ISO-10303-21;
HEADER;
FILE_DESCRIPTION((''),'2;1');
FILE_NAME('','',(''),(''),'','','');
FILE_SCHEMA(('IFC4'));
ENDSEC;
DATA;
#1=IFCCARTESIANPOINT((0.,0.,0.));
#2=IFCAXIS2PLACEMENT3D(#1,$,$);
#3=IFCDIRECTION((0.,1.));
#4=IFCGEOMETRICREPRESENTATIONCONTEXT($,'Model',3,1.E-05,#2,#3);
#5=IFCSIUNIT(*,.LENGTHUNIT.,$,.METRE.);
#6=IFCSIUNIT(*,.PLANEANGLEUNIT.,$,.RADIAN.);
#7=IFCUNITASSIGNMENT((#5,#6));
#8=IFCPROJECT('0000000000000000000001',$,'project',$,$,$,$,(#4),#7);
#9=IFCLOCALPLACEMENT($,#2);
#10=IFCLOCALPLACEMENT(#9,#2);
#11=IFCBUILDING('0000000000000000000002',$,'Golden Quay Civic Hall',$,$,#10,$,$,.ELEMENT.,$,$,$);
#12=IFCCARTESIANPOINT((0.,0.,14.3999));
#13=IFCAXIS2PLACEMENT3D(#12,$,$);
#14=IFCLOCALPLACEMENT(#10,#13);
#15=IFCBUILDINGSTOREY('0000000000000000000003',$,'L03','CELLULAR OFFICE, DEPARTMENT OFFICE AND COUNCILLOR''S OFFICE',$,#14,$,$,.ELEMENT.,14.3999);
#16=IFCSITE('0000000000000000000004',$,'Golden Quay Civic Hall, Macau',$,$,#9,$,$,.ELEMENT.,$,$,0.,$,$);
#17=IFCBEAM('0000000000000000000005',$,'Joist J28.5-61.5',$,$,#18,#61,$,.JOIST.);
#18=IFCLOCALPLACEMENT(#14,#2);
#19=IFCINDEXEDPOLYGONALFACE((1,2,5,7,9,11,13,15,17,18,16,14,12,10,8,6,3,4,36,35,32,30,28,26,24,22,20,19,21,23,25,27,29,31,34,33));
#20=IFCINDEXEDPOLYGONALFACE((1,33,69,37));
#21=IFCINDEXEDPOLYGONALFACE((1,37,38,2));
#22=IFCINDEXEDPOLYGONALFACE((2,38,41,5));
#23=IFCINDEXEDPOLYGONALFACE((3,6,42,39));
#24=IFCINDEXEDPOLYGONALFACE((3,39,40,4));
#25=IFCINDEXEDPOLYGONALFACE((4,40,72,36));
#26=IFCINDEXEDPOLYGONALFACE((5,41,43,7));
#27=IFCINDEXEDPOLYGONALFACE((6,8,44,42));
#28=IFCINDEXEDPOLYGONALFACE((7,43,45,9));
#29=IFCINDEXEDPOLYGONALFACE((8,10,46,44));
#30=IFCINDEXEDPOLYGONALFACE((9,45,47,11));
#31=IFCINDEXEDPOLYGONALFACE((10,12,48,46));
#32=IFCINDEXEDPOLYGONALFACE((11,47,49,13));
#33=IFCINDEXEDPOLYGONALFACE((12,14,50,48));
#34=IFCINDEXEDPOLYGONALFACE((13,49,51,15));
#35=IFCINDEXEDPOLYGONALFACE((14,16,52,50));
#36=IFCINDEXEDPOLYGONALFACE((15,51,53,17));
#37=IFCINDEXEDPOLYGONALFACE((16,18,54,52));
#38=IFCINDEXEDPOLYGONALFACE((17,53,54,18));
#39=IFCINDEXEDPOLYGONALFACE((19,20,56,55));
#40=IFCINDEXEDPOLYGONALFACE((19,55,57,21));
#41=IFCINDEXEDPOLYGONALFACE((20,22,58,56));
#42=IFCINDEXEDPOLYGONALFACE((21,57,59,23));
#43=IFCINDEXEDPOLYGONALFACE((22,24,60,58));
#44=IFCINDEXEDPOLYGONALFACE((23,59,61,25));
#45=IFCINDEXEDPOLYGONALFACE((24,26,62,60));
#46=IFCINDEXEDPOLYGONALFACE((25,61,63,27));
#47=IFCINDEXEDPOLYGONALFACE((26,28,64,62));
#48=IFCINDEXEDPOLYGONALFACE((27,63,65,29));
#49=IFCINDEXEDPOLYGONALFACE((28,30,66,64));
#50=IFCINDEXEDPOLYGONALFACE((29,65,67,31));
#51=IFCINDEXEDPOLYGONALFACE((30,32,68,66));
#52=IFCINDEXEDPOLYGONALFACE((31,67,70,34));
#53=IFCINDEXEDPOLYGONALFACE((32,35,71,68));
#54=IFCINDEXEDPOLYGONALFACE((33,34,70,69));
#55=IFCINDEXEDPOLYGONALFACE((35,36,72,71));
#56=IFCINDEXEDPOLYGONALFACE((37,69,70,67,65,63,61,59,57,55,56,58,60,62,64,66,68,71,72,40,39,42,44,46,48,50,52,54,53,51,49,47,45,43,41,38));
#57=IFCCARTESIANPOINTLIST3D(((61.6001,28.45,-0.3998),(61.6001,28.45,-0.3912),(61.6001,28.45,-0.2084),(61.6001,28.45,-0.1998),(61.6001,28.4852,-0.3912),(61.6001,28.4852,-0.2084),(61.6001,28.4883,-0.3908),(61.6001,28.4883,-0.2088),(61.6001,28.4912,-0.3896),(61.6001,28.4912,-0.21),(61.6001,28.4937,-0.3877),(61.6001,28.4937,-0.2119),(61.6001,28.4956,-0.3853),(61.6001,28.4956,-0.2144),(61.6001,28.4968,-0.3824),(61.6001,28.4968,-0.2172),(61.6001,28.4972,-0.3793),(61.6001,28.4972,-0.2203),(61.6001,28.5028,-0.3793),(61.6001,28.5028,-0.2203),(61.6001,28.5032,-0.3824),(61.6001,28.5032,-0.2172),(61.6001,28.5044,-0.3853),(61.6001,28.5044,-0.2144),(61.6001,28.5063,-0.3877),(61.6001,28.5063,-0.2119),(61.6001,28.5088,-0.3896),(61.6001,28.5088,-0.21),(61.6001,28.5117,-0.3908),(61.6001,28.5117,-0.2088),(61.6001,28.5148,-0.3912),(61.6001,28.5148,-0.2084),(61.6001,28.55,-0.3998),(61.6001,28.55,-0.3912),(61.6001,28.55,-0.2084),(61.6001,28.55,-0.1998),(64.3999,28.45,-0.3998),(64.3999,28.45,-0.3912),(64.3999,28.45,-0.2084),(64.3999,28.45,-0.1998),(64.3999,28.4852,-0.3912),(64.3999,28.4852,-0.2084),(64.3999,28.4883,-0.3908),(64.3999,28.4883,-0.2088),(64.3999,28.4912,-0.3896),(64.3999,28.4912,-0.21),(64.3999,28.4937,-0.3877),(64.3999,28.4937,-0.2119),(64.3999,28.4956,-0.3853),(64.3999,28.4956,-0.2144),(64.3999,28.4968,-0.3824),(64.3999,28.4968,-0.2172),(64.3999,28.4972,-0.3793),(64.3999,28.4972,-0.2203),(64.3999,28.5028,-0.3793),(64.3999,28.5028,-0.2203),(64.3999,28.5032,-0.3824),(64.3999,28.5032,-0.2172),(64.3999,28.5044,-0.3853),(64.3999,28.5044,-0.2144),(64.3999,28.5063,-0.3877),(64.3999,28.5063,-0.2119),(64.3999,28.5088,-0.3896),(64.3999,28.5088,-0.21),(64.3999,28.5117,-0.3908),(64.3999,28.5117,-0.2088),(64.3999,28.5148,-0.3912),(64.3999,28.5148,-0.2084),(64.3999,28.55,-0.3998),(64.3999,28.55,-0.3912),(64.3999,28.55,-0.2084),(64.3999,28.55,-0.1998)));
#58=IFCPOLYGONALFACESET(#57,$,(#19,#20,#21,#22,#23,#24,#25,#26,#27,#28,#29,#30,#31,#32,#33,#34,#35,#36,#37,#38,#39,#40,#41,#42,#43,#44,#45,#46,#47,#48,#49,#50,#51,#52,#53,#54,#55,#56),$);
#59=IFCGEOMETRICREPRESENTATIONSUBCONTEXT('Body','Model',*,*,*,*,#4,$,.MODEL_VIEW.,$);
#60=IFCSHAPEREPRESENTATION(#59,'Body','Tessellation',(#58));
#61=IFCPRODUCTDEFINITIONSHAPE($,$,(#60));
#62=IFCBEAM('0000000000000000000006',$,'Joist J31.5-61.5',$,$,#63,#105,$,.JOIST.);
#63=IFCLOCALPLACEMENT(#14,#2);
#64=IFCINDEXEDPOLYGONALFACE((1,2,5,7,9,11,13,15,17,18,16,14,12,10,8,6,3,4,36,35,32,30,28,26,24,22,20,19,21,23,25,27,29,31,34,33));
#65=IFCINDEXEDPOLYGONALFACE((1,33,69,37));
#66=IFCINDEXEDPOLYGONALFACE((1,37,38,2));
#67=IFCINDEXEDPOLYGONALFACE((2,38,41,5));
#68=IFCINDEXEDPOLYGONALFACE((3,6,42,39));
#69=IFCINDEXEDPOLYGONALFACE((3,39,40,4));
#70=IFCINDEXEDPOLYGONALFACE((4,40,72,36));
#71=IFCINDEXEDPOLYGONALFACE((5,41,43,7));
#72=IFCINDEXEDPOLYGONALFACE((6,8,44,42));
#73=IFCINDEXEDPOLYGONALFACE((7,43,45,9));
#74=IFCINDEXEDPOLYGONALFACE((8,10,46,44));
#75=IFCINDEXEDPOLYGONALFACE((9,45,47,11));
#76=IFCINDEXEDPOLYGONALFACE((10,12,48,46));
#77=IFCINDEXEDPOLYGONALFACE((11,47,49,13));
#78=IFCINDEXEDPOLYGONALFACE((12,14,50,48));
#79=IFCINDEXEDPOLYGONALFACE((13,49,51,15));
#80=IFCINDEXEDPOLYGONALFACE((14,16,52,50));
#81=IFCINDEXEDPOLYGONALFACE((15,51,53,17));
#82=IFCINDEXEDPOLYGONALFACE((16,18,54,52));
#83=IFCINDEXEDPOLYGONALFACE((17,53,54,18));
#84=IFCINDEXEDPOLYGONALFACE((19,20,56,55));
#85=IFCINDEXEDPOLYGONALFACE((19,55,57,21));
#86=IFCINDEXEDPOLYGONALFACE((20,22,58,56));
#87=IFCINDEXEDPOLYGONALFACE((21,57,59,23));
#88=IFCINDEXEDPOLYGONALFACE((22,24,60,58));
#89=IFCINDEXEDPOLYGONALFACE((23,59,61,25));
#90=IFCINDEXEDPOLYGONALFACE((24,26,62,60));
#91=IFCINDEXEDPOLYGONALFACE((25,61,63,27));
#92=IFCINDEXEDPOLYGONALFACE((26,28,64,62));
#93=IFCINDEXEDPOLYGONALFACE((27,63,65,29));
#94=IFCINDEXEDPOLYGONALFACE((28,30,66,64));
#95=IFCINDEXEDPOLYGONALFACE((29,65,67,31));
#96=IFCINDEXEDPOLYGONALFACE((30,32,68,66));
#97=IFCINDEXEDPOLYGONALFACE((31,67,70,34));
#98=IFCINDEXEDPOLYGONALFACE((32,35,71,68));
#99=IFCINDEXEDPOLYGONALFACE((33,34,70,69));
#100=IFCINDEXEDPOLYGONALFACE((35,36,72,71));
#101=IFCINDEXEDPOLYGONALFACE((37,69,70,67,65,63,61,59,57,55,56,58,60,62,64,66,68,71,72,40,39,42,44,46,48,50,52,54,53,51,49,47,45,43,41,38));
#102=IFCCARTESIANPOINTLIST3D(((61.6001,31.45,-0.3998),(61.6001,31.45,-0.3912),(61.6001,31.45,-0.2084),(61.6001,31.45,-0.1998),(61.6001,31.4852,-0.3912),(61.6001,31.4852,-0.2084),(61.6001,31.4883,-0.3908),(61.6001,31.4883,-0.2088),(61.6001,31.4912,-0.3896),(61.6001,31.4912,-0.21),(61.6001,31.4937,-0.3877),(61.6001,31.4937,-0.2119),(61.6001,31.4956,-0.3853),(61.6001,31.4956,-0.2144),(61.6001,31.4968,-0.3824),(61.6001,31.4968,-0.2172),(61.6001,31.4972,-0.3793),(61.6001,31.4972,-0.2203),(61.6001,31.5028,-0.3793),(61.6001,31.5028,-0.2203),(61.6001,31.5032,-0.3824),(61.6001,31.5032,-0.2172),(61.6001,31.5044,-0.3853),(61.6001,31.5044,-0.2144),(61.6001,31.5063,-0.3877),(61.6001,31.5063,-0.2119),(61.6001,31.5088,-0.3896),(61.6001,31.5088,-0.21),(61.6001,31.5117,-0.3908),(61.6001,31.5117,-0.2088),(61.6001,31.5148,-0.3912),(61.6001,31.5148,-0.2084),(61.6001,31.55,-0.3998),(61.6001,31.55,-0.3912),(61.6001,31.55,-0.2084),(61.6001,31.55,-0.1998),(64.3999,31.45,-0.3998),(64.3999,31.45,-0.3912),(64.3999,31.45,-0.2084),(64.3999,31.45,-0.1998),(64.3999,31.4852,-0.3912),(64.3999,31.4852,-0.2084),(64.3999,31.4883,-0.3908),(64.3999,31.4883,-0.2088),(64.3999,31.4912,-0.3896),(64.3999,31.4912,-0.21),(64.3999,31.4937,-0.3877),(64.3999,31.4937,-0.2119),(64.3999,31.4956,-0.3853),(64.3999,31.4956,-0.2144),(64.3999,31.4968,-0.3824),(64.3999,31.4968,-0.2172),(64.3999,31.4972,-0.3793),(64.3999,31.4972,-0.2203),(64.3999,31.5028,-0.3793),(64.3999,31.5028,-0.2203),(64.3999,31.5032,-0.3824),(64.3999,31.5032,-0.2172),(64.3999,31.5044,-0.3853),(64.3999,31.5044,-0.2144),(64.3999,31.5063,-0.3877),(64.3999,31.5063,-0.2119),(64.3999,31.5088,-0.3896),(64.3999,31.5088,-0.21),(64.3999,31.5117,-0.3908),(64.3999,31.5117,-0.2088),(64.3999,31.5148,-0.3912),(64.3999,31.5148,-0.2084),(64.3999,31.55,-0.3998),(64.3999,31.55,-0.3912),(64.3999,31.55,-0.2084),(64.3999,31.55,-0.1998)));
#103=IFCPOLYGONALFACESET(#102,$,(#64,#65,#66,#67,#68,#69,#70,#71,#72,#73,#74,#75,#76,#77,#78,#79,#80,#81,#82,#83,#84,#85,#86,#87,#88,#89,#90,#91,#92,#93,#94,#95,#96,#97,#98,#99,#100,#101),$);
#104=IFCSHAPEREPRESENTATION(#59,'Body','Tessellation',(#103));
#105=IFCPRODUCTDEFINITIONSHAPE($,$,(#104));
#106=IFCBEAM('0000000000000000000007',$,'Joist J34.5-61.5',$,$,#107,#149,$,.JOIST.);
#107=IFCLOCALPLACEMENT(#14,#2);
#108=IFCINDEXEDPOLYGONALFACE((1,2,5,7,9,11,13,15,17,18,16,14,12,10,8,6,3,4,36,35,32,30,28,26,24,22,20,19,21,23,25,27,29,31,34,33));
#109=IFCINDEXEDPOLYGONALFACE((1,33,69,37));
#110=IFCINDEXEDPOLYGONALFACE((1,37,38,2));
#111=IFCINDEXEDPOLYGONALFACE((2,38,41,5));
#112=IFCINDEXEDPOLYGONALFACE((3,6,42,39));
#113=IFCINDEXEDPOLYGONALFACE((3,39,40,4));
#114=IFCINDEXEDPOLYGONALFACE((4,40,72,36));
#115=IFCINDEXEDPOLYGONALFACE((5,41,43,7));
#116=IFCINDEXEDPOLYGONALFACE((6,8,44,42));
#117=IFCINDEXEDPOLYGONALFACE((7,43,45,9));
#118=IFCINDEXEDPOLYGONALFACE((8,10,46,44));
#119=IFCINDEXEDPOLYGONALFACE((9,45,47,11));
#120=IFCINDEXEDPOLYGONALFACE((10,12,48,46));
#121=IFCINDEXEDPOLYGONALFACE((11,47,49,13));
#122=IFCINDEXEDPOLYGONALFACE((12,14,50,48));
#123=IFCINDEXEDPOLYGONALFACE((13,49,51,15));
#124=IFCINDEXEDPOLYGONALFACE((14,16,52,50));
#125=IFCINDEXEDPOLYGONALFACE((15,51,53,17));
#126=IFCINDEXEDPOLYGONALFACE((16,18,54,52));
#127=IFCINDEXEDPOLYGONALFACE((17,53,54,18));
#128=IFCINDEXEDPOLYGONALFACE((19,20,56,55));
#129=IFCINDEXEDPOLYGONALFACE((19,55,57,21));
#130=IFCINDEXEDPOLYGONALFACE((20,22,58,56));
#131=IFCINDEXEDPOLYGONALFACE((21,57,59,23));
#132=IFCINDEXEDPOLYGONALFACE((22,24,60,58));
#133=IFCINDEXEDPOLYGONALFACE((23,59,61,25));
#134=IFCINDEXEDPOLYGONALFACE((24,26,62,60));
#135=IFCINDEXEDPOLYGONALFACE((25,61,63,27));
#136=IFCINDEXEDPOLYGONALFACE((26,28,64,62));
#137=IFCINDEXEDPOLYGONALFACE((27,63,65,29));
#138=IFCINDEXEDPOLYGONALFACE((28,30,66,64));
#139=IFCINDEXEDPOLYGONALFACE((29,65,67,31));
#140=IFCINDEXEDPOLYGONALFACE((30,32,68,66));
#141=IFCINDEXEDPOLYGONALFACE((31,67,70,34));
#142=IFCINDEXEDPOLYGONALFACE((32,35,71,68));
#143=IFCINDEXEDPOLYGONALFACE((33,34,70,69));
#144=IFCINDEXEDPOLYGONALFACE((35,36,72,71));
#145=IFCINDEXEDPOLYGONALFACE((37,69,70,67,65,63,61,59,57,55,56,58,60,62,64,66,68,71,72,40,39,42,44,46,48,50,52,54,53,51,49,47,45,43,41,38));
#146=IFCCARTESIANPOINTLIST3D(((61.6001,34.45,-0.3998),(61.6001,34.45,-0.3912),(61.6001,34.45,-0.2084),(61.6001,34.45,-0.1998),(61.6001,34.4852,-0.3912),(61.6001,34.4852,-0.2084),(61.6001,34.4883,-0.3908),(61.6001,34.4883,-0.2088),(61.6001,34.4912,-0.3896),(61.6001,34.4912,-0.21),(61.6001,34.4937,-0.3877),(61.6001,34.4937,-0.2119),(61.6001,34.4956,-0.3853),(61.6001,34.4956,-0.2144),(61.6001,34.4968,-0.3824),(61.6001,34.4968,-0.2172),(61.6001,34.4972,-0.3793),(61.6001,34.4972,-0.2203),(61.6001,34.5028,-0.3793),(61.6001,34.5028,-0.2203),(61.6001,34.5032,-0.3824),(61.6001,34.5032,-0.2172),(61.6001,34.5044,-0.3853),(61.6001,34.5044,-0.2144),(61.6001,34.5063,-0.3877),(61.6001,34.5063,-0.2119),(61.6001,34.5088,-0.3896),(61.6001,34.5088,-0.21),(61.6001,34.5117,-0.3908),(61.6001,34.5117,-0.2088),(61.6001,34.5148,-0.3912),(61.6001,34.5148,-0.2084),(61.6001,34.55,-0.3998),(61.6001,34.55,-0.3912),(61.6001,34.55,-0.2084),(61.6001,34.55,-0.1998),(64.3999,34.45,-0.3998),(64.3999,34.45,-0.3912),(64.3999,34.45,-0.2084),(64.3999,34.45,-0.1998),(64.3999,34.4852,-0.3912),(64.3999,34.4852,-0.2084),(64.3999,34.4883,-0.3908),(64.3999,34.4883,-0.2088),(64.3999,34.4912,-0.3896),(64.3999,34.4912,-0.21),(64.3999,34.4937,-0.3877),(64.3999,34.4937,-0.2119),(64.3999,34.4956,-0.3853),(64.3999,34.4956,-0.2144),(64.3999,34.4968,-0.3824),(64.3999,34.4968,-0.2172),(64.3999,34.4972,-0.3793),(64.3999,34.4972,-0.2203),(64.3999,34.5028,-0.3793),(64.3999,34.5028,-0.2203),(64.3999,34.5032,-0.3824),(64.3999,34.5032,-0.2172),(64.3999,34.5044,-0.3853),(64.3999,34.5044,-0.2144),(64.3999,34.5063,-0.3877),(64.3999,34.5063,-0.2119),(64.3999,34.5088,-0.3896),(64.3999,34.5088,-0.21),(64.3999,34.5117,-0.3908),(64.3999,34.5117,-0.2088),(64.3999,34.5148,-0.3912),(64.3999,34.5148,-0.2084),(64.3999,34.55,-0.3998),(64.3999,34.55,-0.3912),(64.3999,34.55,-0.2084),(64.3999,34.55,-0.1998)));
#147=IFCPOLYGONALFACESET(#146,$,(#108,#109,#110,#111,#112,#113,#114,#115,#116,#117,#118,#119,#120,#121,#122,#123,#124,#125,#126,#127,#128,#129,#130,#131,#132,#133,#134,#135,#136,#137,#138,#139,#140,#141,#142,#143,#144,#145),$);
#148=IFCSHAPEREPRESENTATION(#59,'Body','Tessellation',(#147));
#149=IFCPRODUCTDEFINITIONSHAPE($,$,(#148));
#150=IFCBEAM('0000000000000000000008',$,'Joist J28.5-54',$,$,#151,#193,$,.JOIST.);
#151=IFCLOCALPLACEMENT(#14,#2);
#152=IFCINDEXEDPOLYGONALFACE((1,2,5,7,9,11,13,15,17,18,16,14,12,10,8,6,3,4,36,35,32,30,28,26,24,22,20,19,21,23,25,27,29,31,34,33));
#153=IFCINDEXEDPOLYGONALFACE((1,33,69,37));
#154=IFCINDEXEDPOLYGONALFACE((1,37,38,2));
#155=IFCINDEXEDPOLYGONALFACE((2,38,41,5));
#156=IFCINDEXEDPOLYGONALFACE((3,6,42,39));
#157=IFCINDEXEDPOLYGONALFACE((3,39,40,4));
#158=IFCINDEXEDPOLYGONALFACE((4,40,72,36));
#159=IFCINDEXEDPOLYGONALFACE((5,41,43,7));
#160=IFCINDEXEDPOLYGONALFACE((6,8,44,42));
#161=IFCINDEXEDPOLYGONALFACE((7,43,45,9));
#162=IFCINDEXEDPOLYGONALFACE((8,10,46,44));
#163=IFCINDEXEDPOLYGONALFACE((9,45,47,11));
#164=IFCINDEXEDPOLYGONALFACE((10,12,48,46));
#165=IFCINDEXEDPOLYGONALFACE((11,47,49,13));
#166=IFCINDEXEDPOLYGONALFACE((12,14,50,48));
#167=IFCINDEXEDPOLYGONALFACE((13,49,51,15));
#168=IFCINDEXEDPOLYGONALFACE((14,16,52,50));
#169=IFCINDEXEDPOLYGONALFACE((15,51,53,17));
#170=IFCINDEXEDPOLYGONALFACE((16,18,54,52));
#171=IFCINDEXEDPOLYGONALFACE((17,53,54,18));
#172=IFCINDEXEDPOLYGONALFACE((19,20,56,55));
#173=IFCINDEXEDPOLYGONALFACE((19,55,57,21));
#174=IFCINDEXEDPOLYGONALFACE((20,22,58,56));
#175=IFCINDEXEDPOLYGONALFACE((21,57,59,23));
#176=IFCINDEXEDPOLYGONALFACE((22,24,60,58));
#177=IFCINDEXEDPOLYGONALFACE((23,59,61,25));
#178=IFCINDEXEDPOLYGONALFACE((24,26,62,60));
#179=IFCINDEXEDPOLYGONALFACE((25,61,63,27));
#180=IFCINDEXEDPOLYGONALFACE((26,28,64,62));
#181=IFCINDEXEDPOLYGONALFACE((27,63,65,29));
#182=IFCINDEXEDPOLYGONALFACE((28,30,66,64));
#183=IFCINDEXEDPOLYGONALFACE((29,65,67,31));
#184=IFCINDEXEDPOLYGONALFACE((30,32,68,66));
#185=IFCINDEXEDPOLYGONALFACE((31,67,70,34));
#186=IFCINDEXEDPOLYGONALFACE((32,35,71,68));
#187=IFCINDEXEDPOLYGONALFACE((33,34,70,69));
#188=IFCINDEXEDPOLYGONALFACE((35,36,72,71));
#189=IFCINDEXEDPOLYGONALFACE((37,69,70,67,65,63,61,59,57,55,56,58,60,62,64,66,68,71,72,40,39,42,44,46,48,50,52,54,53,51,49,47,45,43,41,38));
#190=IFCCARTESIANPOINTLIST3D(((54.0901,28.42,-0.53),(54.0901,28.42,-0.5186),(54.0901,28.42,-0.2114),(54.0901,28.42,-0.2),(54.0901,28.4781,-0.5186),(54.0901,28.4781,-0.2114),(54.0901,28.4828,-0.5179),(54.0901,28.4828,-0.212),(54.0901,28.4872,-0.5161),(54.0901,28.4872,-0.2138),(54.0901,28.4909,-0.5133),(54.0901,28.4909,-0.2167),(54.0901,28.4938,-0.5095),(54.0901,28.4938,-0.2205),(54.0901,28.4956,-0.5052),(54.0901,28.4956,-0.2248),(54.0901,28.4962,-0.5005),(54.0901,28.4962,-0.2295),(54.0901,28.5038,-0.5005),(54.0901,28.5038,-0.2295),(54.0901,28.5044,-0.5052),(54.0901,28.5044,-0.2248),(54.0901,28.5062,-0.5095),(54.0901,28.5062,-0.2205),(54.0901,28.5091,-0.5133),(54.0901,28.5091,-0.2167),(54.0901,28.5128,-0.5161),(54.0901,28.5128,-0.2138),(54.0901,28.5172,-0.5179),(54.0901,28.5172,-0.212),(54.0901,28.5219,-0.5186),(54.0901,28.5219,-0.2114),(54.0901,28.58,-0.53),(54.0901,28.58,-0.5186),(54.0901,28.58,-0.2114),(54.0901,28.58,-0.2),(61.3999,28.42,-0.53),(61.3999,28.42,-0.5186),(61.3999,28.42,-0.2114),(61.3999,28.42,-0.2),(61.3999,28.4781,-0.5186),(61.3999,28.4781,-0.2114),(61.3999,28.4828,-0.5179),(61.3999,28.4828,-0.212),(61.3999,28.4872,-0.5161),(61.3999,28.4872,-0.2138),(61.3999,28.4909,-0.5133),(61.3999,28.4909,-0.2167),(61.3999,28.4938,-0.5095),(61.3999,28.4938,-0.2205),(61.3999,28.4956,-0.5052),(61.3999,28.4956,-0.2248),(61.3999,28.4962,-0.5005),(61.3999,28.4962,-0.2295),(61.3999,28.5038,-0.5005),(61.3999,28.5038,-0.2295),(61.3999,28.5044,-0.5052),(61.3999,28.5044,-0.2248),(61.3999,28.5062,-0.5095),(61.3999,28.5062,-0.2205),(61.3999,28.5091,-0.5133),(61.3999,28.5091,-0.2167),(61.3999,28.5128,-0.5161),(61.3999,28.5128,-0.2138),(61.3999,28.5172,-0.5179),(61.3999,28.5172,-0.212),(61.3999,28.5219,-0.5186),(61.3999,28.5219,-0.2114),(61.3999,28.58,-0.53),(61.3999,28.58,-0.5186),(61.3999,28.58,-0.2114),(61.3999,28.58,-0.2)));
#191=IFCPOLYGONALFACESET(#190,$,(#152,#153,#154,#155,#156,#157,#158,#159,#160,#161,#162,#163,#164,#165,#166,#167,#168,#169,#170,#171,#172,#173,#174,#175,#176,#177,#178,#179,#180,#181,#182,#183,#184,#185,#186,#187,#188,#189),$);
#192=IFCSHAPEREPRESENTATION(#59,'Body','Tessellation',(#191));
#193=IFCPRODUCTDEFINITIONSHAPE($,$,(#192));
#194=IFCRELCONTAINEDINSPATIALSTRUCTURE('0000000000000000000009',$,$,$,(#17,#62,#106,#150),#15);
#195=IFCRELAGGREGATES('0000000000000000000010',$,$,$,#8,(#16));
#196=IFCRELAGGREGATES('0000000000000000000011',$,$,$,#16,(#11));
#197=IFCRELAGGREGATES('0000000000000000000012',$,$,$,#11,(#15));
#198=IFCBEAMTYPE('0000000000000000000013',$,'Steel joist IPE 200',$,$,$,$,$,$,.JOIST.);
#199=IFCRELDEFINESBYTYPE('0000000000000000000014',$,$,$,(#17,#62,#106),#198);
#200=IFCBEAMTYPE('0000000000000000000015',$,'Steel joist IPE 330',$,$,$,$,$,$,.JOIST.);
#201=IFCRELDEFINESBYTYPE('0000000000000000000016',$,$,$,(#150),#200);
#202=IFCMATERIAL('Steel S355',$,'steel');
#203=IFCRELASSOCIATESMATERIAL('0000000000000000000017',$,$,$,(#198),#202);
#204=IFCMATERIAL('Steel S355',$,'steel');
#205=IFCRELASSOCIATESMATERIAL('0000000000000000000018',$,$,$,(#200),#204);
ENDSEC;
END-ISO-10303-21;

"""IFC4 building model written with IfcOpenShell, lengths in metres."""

from ifc_helpers import new_model, si_unit, direction, frame, origin, origin_2d, place, context, subcontext, project, spatial, i_section, extrude, material, material_profile, profile_set, type_object, element, save


model = new_model("IFC4")

# Units and contexts
model_context = context("Model", 3, precision=1e-05, world=origin(), true_north=direction((0.0, 1.0)))
body_context = subcontext(model_context, "Body", "Model", "MODEL_VIEW")
ifc_project = project(units=[si_unit("LENGTHUNIT", "METRE"), si_unit("PLANEANGLEUNIT", "RADIAN")], contexts=[model_context])

# Site, building, storey
site_placement = place(None, origin())
site = spatial("IfcSite", under=ifc_project, at=site_placement, Name="Golden Quay Civic Hall, Macau", CompositionType="ELEMENT", RefElevation=0.0)
building_placement = place(site_placement, origin())
building = spatial("IfcBuilding", under=site, at=building_placement, Name="Golden Quay Civic Hall", CompositionType="ELEMENT")
storey_placement = place(building_placement, frame((0.0, 0.0, 14.3999)))
storey = spatial("IfcBuildingStorey", under=building, at=storey_placement, Name="L03", Description="CELLULAR OFFICE, DEPARTMENT OFFICE AND COUNCILLOR'S OFFICE", CompositionType="ELEMENT", Elevation=14.3999)

# Beams
ifc_material_1 = material(Name="Steel S355", Category="steel")
ifc_material_profile_1 = material_profile(ifc_material_1, i_section(OverallWidth=0.1001, OverallDepth=0.2, WebThickness=0.0056, FlangeThickness=0.0085, FilletRadius=0.012, at=origin_2d()), Name="IPE 200")
ifc_profile_set_1 = profile_set([ifc_material_profile_1], Name="Steel S355")
beam_type_1 = type_object("IfcBeamType", Name="Steel joist IPE 200", PredefinedType="JOIST", material=ifc_profile_set_1)
for number, where, z_axis, x_axis, name in (
    (1, (61.6001, 28.5, -0.2998), (1.0, 0.0, 0.0), (0.0, 1.0, 0.0), "Joist J28.5-61.5"),
    (2, (61.6001, 31.5, -0.2998), (1.0, 0.0, 0.0), (0.0, 1.0, 0.0), "Joist J31.5-61.5"),
    (3, (61.6001, 34.5, -0.2998), (1.0, 0.0, 0.0), (0.0, 1.0, 0.0), "Joist J34.5-61.5"),
):
    element("IfcBeam", number, at=place(storey_placement, frame(where, z_axis=z_axis, x_axis=x_axis)), inside=storey, type_object=beam_type_1, Name=name, PredefinedType="JOIST", context=body_context, shape_type="SweptSolid", body=[
        extrude(i_section(OverallWidth=0.1001, OverallDepth=0.2, WebThickness=0.0056, FlangeThickness=0.0085, FilletRadius=0.012, at=origin_2d()), origin(), (0.0, 0.0, 1.0), 2.7998),
    ])
ifc_material_2 = material(Name="Steel S355", Category="steel")
ifc_material_profile_2 = material_profile(ifc_material_2, i_section(OverallWidth=0.1599, OverallDepth=0.3301, WebThickness=0.0076, FlangeThickness=0.0115, FilletRadius=0.0181, at=origin_2d()), Name="IPE 330")
ifc_profile_set_2 = profile_set([ifc_material_profile_2], Name="Steel S355")
beam_type_2 = type_object("IfcBeamType", Name="Steel joist IPE 330", PredefinedType="JOIST", material=ifc_profile_set_2)
for number, where, z_axis, x_axis, name in (
    (4, (54.0901, 28.5, -0.365), (1.0, 0.0, 0.0), (0.0, 1.0, 0.0), "Joist J28.5-54"),
):
    element("IfcBeam", number, at=place(storey_placement, frame(where, z_axis=z_axis, x_axis=x_axis)), inside=storey, type_object=beam_type_2, Name=name, PredefinedType="JOIST", context=body_context, shape_type="SweptSolid", body=[
        extrude(i_section(OverallWidth=0.1599, OverallDepth=0.3301, WebThickness=0.0076, FlangeThickness=0.0115, FilletRadius=0.0181, at=origin_2d()), origin(), (0.0, 0.0, 1.0), 7.3098),
    ])

save(model, "model.ifc")
